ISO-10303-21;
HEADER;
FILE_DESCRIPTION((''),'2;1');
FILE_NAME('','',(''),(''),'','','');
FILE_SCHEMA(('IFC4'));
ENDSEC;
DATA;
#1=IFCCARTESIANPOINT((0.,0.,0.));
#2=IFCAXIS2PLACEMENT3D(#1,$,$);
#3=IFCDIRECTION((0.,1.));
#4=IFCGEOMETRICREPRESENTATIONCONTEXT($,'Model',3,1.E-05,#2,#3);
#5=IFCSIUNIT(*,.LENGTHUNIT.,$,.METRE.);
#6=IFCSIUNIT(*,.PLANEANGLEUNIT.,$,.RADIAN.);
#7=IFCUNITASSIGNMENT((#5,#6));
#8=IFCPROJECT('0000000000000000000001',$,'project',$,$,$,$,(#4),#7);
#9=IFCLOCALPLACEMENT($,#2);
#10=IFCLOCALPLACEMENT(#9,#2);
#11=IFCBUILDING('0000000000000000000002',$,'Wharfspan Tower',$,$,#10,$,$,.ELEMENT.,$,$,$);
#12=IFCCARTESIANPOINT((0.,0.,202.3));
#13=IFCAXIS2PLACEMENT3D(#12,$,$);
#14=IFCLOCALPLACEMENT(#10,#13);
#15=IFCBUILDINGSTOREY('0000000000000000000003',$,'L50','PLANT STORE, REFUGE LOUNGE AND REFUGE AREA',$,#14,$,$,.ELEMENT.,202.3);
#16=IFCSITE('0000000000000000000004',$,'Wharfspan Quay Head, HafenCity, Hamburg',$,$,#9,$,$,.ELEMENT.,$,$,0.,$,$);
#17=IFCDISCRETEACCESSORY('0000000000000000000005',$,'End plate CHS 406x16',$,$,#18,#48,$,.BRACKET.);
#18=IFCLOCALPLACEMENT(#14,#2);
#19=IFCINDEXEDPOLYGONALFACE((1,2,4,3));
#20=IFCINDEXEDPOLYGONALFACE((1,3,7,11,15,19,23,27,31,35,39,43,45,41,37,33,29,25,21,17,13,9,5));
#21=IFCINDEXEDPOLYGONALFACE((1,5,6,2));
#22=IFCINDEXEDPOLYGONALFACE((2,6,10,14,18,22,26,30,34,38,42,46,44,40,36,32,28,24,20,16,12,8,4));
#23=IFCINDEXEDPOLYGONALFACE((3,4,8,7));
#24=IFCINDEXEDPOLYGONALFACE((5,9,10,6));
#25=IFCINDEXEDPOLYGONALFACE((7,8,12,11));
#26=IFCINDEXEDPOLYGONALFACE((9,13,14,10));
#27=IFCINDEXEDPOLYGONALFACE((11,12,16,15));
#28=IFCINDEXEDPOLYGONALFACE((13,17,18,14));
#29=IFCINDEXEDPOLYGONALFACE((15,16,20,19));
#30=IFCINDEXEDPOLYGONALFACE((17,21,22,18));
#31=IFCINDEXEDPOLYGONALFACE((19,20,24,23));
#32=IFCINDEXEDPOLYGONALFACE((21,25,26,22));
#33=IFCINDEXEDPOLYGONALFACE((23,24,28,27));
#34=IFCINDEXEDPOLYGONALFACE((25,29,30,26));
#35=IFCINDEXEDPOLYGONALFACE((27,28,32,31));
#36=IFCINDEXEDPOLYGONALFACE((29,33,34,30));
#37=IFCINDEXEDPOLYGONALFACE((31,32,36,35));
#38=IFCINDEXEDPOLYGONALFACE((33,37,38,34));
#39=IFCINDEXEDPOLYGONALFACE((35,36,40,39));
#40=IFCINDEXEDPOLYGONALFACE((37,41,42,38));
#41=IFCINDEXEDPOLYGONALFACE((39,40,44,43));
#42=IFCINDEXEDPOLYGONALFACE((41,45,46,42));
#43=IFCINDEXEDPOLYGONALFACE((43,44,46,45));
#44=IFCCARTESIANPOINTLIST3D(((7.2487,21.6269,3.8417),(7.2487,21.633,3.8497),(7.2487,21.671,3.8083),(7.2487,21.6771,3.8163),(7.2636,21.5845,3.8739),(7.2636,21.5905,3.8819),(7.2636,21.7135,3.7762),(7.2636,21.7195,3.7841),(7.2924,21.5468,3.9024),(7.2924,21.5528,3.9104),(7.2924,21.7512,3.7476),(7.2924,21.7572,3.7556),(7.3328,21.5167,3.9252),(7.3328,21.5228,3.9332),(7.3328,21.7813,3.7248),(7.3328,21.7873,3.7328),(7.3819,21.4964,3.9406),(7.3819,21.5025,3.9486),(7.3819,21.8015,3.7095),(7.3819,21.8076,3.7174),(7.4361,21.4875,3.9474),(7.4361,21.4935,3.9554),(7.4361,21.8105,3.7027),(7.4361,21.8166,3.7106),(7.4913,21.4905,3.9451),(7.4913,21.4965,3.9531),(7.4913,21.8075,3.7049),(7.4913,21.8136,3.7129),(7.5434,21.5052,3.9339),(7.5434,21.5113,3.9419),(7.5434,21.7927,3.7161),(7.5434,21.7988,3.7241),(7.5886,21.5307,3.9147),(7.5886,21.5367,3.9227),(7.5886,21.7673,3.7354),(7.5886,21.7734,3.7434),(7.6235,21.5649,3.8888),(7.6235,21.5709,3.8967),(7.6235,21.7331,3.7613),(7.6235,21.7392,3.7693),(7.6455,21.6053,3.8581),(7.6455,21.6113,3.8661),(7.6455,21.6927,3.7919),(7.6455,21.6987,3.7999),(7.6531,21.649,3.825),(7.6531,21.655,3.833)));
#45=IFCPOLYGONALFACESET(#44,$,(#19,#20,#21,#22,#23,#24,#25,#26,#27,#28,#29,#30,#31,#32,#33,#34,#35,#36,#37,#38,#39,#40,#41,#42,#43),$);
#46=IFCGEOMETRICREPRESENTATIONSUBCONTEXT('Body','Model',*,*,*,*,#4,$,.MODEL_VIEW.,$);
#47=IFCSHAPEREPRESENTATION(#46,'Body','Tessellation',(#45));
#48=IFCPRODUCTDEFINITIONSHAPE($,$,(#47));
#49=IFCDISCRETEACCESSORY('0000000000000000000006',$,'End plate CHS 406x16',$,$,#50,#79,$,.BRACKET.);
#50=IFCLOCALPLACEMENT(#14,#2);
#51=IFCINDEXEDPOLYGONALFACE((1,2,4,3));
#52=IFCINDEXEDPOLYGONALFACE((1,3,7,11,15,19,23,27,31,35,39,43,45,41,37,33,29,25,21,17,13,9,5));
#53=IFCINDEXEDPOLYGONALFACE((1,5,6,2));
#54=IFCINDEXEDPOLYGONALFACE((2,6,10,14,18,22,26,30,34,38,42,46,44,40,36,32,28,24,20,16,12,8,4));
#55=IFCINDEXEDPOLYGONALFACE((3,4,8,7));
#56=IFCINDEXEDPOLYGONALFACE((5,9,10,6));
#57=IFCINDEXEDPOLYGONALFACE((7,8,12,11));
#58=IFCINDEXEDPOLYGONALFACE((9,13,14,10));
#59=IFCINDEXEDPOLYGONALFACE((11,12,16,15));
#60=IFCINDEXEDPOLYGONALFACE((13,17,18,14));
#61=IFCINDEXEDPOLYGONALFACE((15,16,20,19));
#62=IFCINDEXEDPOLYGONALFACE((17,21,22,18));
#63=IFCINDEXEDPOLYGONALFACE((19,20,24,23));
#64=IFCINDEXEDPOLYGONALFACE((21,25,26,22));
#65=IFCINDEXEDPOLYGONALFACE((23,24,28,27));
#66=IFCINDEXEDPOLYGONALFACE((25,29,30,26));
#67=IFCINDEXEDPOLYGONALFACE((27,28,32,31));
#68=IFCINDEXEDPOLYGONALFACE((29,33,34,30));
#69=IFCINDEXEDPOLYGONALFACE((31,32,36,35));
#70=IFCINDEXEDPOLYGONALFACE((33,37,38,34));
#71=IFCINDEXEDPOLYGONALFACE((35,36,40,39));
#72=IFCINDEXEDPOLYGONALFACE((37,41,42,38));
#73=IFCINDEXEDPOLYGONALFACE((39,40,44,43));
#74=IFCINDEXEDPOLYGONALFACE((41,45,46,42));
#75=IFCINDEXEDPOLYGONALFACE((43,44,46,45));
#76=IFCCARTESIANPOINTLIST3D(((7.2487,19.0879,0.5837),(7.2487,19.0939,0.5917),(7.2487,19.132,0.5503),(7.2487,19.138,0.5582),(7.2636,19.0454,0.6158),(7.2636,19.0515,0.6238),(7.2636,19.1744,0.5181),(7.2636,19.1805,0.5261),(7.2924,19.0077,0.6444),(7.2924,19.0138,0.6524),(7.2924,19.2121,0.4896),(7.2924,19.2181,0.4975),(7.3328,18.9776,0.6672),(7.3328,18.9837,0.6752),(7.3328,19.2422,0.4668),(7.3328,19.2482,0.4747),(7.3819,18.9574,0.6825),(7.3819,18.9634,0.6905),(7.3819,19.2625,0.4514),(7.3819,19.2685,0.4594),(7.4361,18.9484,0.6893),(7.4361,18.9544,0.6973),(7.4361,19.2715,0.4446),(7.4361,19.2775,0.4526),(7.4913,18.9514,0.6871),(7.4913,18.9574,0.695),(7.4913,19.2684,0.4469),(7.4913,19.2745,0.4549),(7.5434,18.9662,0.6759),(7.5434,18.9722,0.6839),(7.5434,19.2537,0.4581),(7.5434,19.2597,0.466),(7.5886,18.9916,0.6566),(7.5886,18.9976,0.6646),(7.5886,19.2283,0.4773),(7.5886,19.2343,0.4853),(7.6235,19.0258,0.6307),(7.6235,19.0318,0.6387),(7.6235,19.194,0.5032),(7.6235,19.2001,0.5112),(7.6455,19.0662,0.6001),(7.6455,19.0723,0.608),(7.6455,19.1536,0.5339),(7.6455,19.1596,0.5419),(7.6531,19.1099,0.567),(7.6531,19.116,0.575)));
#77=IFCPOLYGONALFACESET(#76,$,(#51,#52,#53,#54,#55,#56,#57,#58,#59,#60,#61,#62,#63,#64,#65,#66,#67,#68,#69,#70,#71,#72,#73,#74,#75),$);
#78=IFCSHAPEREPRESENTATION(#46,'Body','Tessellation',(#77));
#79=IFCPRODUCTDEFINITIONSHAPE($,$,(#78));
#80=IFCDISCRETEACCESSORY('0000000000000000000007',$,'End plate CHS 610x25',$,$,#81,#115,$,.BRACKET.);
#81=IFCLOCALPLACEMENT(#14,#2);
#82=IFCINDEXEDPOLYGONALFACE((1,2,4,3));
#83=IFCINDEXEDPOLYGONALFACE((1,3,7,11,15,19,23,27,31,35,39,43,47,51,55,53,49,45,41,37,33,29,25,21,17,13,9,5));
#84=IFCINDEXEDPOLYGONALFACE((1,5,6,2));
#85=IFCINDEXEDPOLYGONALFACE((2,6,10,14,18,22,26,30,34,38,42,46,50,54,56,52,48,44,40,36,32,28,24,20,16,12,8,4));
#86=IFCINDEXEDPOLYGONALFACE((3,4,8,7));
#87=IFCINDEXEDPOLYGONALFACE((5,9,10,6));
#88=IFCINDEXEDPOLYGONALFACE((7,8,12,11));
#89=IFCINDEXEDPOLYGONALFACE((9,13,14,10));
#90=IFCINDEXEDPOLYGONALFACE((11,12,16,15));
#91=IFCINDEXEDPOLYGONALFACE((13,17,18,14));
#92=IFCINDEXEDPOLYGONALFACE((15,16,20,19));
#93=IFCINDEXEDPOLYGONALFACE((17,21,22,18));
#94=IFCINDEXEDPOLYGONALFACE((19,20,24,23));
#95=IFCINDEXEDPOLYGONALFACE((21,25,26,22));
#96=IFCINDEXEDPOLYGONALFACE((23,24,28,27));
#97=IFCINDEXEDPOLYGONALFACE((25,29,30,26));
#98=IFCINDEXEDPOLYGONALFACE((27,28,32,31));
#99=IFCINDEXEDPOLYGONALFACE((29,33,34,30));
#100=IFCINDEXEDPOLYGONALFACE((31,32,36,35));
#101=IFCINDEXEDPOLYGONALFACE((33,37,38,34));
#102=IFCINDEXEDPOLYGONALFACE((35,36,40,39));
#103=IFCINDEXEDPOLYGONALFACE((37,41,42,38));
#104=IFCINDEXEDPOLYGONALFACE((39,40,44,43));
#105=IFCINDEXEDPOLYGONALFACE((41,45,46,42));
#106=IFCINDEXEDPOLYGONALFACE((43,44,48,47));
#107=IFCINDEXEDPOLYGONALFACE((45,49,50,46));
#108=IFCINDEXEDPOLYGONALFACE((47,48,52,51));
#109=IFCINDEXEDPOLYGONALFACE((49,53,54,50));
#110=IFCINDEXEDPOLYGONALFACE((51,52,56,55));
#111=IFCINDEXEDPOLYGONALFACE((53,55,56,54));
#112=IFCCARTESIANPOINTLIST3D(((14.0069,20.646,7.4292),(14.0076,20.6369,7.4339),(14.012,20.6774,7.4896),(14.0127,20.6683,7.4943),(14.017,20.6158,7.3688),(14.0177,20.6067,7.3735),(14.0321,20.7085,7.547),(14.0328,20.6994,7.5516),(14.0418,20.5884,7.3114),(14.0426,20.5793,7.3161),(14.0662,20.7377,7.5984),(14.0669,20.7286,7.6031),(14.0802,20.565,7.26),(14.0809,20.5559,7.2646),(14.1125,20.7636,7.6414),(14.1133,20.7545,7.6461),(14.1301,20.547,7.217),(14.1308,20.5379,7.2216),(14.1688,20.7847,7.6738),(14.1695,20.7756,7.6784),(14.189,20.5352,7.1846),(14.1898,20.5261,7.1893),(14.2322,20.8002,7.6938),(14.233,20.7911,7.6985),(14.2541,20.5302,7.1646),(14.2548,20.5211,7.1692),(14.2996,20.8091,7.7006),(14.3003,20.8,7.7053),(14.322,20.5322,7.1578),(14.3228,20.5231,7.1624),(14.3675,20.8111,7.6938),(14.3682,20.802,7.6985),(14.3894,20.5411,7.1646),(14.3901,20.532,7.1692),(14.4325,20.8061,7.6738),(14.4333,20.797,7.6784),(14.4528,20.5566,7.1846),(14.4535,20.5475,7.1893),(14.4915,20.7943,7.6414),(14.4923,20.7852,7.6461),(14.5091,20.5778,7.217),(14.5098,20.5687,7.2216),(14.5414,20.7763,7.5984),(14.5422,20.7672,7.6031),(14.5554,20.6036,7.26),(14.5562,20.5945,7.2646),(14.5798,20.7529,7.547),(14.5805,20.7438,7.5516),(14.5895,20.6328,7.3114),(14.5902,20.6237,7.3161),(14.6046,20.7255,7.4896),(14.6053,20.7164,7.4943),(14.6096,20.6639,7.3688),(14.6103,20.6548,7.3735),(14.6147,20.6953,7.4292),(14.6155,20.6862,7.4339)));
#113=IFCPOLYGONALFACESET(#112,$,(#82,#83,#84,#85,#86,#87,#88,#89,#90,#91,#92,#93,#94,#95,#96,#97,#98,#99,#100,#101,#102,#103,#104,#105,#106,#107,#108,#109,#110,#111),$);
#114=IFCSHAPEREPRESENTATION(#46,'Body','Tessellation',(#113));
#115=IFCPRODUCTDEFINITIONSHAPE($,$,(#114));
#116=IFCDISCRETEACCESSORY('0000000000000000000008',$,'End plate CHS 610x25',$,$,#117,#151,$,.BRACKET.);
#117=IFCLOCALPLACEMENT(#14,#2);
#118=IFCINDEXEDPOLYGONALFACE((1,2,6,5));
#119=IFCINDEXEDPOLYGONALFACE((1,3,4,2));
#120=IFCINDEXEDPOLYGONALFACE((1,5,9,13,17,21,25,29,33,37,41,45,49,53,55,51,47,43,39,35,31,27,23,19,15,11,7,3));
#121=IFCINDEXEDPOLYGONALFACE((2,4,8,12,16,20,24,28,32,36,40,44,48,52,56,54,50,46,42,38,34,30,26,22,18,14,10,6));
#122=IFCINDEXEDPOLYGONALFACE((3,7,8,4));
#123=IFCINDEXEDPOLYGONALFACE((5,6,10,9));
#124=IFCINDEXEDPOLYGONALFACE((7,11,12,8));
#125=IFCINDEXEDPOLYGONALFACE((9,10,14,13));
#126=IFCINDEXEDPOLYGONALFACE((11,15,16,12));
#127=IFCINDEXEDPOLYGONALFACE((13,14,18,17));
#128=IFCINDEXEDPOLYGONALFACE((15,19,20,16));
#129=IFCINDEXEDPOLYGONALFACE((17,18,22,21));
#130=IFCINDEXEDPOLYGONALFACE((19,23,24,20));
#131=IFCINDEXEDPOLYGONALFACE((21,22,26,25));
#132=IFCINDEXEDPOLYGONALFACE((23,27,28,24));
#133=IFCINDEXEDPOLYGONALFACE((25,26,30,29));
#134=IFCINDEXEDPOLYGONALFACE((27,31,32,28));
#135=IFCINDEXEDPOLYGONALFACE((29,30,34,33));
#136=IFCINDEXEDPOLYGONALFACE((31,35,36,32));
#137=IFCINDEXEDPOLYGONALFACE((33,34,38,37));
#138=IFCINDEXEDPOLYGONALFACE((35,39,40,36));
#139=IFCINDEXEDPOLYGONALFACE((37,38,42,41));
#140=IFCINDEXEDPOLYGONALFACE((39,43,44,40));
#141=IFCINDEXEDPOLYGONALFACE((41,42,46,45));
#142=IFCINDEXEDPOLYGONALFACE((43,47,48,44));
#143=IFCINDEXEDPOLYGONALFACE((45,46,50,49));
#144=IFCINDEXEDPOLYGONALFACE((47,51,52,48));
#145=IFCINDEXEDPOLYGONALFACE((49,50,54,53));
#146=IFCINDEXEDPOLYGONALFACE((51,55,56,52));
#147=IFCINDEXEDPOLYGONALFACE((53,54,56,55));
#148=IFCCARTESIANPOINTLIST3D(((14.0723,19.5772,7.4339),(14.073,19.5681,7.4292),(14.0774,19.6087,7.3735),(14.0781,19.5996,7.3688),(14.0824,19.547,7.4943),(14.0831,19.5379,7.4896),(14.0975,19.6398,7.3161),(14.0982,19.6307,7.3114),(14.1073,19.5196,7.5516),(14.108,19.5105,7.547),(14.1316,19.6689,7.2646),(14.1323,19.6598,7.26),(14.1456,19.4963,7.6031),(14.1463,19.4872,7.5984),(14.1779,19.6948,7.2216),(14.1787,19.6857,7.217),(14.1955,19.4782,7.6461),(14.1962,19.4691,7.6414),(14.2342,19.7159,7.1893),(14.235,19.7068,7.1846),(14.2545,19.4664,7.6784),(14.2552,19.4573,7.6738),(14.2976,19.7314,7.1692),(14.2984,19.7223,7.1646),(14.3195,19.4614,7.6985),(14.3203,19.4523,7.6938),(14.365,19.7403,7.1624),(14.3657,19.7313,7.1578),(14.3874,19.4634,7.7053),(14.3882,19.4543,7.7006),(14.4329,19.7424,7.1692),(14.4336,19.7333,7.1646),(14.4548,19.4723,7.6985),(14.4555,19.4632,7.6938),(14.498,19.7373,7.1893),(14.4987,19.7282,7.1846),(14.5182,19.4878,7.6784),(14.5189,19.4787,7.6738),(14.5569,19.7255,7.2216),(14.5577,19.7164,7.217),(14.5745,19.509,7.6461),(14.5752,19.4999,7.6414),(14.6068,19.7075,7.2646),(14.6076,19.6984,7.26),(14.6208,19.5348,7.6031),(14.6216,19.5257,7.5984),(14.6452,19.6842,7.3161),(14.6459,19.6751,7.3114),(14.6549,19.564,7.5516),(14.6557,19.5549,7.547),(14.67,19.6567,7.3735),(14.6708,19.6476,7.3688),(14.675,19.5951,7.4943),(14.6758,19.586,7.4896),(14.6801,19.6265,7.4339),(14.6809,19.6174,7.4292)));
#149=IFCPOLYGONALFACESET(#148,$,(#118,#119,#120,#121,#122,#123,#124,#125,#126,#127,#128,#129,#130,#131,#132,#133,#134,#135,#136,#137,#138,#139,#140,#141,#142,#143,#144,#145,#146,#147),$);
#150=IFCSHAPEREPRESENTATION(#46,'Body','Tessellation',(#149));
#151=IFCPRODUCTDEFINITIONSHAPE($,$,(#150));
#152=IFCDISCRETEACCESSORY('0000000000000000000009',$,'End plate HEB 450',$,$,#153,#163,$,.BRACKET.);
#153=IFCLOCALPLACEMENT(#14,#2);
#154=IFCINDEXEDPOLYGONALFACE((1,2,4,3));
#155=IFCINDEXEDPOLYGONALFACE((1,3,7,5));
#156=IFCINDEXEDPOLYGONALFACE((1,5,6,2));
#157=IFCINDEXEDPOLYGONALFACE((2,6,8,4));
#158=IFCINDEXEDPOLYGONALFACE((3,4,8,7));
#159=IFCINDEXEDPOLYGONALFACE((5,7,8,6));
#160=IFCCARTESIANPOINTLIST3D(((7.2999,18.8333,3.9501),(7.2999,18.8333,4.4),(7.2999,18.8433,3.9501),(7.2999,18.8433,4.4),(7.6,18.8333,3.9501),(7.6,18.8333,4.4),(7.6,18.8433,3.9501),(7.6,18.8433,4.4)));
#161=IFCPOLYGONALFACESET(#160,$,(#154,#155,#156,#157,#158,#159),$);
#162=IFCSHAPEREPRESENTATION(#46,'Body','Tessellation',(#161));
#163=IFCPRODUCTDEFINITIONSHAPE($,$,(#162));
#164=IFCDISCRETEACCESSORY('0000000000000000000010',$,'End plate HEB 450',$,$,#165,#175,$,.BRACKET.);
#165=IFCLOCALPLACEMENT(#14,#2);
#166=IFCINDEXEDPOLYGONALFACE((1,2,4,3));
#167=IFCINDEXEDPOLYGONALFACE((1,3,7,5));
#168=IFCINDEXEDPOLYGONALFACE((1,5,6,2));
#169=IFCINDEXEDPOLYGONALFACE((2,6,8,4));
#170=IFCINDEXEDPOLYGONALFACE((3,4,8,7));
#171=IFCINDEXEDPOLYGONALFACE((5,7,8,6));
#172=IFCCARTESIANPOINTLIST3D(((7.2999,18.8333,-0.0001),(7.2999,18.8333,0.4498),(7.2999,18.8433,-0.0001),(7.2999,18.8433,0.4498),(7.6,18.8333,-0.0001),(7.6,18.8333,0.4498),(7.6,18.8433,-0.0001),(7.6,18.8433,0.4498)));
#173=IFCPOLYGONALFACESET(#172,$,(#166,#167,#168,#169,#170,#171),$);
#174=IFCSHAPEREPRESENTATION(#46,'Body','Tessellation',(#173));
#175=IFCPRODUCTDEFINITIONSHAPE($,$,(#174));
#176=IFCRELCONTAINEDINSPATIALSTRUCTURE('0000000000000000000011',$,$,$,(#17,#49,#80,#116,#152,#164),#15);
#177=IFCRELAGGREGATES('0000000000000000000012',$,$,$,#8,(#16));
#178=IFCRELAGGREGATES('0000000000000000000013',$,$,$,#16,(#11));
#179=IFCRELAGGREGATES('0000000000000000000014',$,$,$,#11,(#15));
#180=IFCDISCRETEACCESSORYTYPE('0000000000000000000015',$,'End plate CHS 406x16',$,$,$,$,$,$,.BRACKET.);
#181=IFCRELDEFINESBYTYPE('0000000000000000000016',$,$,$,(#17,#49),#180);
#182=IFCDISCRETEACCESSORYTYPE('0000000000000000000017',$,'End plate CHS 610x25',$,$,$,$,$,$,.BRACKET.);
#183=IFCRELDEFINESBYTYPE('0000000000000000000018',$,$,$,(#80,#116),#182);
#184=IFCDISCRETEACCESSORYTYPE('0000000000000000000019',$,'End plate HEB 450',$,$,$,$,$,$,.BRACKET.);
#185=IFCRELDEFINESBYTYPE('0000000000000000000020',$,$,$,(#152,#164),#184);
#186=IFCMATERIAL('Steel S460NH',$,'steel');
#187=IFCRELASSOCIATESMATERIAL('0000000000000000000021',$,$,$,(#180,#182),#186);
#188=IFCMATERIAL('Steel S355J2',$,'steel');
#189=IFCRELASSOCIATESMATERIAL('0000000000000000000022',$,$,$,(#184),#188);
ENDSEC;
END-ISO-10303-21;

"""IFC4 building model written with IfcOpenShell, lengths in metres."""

from ifc_helpers import new_model, si_unit, direction, frame, origin, origin_2d, place, context, subcontext, project, spatial, rectangle, circle, extrude, material, material_profile, profile_set, type_object, element, save


model = new_model("IFC4")

# Units and contexts
model_context = context("Model", 3, precision=1e-05, world=origin(), true_north=direction((0.0, 1.0)))
body_context = subcontext(model_context, "Body", "Model", "MODEL_VIEW")
ifc_project = project(units=[si_unit("LENGTHUNIT", "METRE"), si_unit("PLANEANGLEUNIT", "RADIAN")], contexts=[model_context])

# Site, building, storey
site_placement = place(None, origin())
site = spatial("IfcSite", under=ifc_project, at=site_placement, Name="Wharfspan Quay Head, HafenCity, Hamburg", CompositionType="ELEMENT", RefElevation=0.0)
building_placement = place(site_placement, origin())
building = spatial("IfcBuilding", under=site, at=building_placement, Name="Wharfspan Tower", CompositionType="ELEMENT")
storey_placement = place(building_placement, frame((0.0, 0.0, 202.3)))
storey = spatial("IfcBuildingStorey", under=building, at=storey_placement, Name="L50", Description="PLANT STORE, REFUGE LOUNGE AND REFUGE AREA", CompositionType="ELEMENT", Elevation=202.3)

# Shared definitions
ifc_material_1 = material(Name="Steel S355J2", Category="steel")

# Shared definitions
ifc_material_2 = material(Name="Steel S460NH", Category="steel")

# Discrete accessories
ifc_material_profile_1 = material_profile(ifc_material_2, circle(Radius=0.2031, at=origin_2d()))
ifc_profile_set_1 = profile_set([ifc_material_profile_1], Name="Steel S460NH")
discrete_accessory_type_1 = type_object("IfcDiscreteAccessoryType", Name="End plate CHS 406x16", PredefinedType="BRACKET", material=ifc_profile_set_1)
for number, where, z_axis, x_axis, name in (
    (1, (7.45, 21.655, 3.833), (0.0, -0.603858, -0.797092), (1.0, 0.0, 0.0), "End plate CHS 406x16"),
    (2, (7.45, 19.116, 0.575), (0.0, -0.603858, -0.797092), (1.0, 0.0, 0.0), "End plate CHS 406x16"),
):
    element("IfcDiscreteAccessory", number, at=place(storey_placement, frame(where, z_axis=z_axis, x_axis=x_axis)), inside=storey, type_object=discrete_accessory_type_1, Name=name, PredefinedType="BRACKET", context=body_context, shape_type="SweptSolid", body=[
        extrude(circle(Radius=0.2031, at=origin_2d()), origin(), (0.0, 0.0, 1.0), 0.01),
    ])
ifc_material_profile_2 = material_profile(ifc_material_2, circle(Radius=0.3049, at=origin_2d()))
ifc_profile_set_2 = profile_set([ifc_material_profile_2], Name="Steel S460NH")
discrete_accessory_type_2 = type_object("IfcDiscreteAccessoryType", Name="End plate CHS 610x25", PredefinedType="BRACKET", material=ifc_profile_set_2)
for number, where, z_axis, x_axis, name in (
    (3, (14.3108, 20.6707, 7.4292), (0.07194, -0.887262, 0.455621), (0.996733, 0.080816, 0.0), "End plate CHS 610x25"),
    (4, (14.377, 19.5928, 7.4292), (-0.07194, 0.887262, 0.455621), (-0.996733, -0.080816, 0.0), "End plate CHS 610x25"),
):
    element("IfcDiscreteAccessory", number, at=place(storey_placement, frame(where, z_axis=z_axis, x_axis=x_axis)), inside=storey, type_object=discrete_accessory_type_2, Name=name, PredefinedType="BRACKET", context=body_context, shape_type="SweptSolid", body=[
        extrude(circle(Radius=0.3049, at=origin_2d()), origin(), (0.0, 0.0, 1.0), 0.0103),
    ])
ifc_material_profile_3 = material_profile(ifc_material_1, rectangle(XDim=0.3, YDim=0.45, at=origin_2d()))
ifc_profile_set_3 = profile_set([ifc_material_profile_3], Name="Steel S355J2")
discrete_accessory_type_3 = type_object("IfcDiscreteAccessoryType", Name="End plate HEB 450", PredefinedType="BRACKET", material=ifc_profile_set_3)
for number, where, z_axis, x_axis, name in (
    (5, (7.45, 18.8433, 4.175), (0.0, -1.0, 0.0), (1.0, 0.0, 0.0), "End plate HEB 450"),
    (6, (7.45, 18.8433, 0.2249), (0.0, -1.0, 0.0), (1.0, 0.0, 0.0), "End plate HEB 450"),
):
    element("IfcDiscreteAccessory", number, at=place(storey_placement, frame(where, z_axis=z_axis, x_axis=x_axis)), inside=storey, type_object=discrete_accessory_type_3, Name=name, PredefinedType="BRACKET", context=body_context, shape_type="SweptSolid", body=[
        extrude(rectangle(XDim=0.3, YDim=0.45, at=origin_2d()), origin(), (0.0, 0.0, 1.0), 0.01),
    ])

save(model, "model.ifc")
